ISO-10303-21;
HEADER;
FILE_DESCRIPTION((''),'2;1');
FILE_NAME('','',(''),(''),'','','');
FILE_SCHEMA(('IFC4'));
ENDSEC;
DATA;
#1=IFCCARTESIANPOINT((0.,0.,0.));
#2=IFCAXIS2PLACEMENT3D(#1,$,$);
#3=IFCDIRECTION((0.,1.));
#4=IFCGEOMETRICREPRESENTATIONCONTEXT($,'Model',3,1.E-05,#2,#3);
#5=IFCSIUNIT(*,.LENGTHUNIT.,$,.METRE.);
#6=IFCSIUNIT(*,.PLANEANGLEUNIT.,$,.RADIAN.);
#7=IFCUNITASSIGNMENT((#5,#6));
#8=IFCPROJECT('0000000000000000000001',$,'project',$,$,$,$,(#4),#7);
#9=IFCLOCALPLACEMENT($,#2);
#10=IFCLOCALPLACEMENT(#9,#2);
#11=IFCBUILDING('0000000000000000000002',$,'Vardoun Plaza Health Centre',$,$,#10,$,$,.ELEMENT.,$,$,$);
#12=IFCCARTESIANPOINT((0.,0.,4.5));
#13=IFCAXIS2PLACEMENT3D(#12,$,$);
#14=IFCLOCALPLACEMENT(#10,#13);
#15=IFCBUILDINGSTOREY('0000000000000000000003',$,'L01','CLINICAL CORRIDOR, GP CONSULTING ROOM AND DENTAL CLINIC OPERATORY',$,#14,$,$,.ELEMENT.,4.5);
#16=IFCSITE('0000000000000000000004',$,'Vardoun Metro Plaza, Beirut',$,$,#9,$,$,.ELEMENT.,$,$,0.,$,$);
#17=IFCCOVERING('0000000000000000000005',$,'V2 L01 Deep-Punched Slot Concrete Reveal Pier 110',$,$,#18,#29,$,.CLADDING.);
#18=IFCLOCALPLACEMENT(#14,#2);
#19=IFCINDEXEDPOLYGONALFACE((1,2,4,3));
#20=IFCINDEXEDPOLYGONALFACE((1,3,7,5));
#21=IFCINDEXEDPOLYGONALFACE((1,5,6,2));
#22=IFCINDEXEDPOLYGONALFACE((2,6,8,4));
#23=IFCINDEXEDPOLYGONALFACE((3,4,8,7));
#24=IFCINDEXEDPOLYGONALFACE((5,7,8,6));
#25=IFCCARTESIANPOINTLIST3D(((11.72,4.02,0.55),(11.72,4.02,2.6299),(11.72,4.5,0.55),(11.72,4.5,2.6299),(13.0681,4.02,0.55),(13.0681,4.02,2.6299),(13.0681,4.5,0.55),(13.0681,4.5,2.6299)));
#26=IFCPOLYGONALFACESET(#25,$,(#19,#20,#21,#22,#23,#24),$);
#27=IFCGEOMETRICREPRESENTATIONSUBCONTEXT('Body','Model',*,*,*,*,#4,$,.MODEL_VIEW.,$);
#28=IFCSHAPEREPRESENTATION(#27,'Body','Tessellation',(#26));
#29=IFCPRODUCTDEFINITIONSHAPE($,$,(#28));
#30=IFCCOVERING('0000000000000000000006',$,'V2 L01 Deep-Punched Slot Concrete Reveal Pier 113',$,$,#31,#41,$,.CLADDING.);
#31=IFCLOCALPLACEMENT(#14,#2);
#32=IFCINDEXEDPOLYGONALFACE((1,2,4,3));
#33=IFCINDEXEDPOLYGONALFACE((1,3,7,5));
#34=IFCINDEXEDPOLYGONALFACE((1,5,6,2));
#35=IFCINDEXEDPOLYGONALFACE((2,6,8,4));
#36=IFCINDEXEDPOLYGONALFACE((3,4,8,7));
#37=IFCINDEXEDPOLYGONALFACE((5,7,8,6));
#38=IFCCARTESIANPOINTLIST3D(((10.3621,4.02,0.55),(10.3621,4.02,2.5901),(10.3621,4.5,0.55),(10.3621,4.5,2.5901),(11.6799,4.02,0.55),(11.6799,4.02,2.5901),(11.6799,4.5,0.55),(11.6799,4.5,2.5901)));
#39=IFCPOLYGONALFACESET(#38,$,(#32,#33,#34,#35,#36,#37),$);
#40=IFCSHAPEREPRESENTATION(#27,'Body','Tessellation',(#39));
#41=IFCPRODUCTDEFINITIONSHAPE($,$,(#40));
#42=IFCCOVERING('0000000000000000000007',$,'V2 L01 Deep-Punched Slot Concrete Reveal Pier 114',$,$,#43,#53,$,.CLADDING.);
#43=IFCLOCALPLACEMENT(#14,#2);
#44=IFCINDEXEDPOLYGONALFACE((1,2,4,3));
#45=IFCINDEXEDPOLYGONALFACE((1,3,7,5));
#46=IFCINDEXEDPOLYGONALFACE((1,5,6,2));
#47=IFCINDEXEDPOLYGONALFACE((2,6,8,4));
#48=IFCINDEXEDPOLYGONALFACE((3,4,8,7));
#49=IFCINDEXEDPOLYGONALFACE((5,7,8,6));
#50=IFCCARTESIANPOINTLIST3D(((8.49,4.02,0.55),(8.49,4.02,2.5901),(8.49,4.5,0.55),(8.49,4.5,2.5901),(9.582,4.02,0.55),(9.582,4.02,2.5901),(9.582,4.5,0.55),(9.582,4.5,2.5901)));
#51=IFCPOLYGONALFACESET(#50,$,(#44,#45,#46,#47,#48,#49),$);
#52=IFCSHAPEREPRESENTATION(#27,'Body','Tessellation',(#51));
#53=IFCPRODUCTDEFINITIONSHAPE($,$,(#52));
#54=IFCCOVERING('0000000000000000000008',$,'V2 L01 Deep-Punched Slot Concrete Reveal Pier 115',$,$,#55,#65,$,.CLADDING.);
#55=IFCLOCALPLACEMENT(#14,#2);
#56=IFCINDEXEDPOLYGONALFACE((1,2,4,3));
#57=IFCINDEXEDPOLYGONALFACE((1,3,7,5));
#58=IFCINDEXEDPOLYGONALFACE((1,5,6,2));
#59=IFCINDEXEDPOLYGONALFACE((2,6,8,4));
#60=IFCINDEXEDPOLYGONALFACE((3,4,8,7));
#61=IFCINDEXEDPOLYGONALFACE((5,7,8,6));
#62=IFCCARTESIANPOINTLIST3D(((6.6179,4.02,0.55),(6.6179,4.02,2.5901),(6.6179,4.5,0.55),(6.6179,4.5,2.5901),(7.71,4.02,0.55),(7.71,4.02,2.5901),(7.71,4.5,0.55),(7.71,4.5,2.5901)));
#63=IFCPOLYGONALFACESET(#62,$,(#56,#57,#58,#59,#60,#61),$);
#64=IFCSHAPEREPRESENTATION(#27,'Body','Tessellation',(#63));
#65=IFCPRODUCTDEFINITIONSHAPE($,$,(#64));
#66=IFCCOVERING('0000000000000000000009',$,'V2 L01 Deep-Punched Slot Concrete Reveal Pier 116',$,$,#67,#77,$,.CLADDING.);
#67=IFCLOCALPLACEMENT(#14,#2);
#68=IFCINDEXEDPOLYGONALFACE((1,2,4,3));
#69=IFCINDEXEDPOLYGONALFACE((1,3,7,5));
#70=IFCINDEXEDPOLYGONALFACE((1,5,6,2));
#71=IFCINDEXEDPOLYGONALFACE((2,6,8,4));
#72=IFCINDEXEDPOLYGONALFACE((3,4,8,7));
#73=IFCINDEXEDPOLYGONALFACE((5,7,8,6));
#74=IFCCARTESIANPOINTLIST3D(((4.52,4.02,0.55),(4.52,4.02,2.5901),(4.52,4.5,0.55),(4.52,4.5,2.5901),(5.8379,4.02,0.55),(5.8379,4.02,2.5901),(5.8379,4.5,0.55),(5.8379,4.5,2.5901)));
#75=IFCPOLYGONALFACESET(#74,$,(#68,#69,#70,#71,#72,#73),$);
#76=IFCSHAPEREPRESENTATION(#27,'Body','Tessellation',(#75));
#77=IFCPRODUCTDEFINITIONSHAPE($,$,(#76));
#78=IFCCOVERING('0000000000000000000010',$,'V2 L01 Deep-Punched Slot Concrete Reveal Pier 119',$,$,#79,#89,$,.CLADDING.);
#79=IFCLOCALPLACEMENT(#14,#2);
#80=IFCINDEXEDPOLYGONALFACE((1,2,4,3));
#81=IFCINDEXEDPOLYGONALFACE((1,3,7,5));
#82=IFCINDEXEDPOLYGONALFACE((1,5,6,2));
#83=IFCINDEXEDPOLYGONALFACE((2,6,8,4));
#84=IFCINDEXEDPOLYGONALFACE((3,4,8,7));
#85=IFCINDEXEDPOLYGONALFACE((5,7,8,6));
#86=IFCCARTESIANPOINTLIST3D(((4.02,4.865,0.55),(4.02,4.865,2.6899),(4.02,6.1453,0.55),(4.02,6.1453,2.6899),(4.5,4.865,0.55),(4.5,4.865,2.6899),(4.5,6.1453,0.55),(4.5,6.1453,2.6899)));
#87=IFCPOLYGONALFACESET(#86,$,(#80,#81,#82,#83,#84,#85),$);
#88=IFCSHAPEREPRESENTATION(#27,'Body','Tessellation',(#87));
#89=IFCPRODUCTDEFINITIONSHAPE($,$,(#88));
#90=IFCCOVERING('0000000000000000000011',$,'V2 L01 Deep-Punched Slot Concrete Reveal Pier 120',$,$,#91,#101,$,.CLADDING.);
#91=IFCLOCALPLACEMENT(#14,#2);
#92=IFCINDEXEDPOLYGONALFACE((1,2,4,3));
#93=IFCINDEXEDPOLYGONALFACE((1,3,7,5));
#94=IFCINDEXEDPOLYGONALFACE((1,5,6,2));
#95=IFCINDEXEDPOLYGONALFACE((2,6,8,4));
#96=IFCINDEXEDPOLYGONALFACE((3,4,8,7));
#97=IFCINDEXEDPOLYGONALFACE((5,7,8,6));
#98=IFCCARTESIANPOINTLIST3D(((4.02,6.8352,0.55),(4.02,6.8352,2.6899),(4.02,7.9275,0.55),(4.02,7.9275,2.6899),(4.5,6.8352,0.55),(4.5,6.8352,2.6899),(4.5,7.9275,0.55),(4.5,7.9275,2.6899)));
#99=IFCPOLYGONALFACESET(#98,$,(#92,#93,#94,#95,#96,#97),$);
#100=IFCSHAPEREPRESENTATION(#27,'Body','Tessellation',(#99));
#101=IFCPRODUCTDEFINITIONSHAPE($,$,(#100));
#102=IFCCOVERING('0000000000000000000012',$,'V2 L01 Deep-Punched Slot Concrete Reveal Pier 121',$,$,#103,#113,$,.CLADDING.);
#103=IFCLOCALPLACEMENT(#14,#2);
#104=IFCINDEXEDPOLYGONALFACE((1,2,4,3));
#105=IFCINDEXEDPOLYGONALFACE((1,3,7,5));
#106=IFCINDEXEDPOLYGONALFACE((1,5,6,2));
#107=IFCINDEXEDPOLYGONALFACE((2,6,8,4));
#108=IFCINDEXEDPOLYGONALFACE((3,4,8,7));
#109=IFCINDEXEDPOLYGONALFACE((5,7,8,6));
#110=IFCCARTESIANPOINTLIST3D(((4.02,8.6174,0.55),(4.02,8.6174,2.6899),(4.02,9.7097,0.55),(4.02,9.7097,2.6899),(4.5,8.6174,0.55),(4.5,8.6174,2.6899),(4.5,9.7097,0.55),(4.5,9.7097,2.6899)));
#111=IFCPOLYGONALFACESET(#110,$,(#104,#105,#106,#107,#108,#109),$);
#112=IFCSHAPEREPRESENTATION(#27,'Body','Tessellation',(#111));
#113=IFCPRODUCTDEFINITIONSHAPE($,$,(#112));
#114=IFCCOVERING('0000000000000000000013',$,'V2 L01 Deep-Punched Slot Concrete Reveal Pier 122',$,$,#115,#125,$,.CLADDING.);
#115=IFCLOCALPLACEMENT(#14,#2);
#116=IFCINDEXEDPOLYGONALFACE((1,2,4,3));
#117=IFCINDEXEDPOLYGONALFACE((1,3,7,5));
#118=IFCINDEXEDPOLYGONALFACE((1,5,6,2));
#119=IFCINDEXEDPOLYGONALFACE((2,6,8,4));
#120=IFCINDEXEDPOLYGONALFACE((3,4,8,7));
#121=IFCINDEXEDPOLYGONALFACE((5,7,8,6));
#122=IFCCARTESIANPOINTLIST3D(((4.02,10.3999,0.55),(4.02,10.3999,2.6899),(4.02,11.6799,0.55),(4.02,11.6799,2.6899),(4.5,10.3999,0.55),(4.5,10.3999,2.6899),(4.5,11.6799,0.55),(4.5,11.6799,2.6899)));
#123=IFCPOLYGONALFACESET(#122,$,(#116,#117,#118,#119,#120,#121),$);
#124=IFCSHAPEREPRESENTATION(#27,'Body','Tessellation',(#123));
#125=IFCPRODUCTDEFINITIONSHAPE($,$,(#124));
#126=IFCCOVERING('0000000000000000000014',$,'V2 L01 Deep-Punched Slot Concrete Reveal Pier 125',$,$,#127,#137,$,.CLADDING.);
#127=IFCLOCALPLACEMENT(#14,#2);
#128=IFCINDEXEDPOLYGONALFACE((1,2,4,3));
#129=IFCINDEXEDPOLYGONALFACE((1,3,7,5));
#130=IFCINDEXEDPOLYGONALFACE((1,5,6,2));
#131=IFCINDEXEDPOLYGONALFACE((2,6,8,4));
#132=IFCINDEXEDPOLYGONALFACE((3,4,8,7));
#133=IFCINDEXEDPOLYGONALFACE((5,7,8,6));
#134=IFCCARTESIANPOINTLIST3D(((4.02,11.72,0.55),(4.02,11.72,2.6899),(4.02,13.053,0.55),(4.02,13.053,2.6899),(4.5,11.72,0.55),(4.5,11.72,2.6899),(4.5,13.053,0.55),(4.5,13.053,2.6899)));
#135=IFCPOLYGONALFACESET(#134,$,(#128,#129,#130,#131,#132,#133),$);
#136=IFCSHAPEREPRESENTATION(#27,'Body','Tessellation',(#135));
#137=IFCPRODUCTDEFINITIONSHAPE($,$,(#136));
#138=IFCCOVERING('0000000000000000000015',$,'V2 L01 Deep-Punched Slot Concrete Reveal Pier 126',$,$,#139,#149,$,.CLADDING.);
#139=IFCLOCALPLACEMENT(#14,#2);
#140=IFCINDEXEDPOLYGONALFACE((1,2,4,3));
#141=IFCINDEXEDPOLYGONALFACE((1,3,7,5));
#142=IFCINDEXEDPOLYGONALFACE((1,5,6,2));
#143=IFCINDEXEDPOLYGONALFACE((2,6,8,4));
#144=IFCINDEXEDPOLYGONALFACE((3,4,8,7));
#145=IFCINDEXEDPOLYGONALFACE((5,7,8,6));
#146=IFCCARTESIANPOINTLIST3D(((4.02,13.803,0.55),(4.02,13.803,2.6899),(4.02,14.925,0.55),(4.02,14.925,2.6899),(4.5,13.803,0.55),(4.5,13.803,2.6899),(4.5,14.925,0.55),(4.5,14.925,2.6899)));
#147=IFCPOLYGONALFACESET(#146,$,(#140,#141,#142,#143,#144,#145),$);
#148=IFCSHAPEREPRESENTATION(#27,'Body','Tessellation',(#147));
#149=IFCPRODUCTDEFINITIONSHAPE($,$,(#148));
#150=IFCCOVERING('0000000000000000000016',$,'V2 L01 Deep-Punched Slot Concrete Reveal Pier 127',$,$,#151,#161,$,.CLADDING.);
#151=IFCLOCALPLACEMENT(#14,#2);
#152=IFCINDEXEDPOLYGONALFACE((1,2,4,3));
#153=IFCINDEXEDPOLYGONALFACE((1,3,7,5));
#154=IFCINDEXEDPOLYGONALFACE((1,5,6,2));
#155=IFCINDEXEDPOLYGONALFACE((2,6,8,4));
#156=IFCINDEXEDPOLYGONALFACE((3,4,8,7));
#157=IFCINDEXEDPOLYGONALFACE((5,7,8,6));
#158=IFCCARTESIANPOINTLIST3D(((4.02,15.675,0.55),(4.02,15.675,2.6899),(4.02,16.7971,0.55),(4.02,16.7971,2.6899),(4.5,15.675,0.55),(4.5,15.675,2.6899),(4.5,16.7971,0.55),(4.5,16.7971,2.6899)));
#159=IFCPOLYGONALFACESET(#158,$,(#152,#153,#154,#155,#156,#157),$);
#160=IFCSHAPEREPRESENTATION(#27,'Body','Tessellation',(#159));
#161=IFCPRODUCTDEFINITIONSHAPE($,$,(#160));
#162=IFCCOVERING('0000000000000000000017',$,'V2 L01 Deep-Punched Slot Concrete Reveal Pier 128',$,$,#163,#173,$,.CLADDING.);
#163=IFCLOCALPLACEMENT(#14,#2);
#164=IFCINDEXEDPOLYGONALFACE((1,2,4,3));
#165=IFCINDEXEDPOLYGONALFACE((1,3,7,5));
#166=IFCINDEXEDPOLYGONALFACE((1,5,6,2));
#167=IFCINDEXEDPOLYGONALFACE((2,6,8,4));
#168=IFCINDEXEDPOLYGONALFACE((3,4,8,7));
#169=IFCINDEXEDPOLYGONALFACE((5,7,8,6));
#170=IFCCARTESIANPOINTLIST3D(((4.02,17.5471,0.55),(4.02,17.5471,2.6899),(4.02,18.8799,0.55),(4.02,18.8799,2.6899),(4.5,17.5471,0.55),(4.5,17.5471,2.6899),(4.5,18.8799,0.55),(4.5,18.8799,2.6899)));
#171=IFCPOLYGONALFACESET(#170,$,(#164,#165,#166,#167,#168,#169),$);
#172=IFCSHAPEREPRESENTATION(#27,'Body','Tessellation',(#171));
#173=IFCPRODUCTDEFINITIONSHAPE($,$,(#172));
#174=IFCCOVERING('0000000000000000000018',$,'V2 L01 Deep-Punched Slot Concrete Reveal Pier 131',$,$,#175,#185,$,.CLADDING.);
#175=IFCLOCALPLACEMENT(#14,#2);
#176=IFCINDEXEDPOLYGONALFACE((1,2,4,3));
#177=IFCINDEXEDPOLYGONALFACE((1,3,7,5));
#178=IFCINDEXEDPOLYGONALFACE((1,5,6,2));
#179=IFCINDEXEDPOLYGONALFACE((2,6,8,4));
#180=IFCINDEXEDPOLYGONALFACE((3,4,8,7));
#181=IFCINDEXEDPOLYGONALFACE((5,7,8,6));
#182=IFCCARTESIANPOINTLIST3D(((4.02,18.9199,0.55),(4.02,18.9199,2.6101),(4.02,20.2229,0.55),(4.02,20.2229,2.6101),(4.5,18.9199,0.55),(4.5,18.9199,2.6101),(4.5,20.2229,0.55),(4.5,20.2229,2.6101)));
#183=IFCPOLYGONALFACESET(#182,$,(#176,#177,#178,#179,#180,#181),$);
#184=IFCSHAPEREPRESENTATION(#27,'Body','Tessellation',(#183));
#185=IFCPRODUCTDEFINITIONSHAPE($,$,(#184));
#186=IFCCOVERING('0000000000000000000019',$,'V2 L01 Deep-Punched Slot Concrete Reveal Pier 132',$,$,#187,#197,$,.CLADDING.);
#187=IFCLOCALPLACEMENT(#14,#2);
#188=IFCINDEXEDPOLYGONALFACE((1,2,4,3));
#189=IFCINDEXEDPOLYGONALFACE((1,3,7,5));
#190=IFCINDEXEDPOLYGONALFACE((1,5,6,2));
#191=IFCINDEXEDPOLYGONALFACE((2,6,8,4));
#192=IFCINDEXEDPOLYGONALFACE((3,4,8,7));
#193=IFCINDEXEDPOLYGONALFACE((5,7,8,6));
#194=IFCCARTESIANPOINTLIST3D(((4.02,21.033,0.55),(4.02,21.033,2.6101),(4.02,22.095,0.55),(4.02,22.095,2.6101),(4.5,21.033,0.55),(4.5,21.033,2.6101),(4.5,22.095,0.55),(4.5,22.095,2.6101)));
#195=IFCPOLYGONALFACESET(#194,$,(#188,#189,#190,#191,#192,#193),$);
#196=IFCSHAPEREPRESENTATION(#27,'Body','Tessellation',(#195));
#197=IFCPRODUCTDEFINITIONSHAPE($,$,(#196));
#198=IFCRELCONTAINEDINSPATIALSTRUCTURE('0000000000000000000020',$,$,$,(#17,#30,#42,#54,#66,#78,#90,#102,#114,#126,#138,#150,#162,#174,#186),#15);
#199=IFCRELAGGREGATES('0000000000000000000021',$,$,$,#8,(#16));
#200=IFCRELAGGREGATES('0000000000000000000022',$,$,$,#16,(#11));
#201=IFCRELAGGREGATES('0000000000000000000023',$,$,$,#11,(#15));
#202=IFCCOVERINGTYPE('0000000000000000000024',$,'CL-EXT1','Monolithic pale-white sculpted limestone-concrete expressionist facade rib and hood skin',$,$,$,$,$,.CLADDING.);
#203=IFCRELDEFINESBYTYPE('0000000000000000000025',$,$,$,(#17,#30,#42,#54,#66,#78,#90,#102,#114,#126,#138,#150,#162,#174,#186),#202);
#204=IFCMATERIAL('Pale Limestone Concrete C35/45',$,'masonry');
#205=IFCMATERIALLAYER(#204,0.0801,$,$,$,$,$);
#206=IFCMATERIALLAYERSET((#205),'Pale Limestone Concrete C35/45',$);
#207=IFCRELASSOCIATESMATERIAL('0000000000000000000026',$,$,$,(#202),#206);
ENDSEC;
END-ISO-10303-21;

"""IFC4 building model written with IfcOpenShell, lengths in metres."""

from ifc_helpers import new_model, si_unit, direction, frame, origin, place, context, subcontext, project, spatial, polyline, outline, extrude, material, layer, layer_set, type_object, element, save


model = new_model("IFC4")

# Units and contexts
model_context = context("Model", 3, precision=1e-05, world=origin(), true_north=direction((0.0, 1.0)))
body_context = subcontext(model_context, "Body", "Model", "MODEL_VIEW")
ifc_project = project(units=[si_unit("LENGTHUNIT", "METRE"), si_unit("PLANEANGLEUNIT", "RADIAN")], contexts=[model_context])

# Site, building, storey
site_placement = place(None, origin())
site = spatial("IfcSite", under=ifc_project, at=site_placement, Name="Vardoun Metro Plaza, Beirut", CompositionType="ELEMENT", RefElevation=0.0)
building_placement = place(site_placement, origin())
building = spatial("IfcBuilding", under=site, at=building_placement, Name="Vardoun Plaza Health Centre", CompositionType="ELEMENT")
storey_placement = place(building_placement, frame((0.0, 0.0, 4.5)))
storey = spatial("IfcBuildingStorey", under=building, at=storey_placement, Name="L01", Description="CLINICAL CORRIDOR, GP CONSULTING ROOM AND DENTAL CLINIC OPERATORY", CompositionType="ELEMENT", Elevation=4.5)

# Coverings
ifc_material = material(Name="Pale Limestone Concrete C35/45", Category="masonry")
ifc_layer = layer(ifc_material, 0.0801)
ifc_layer_set = layer_set([ifc_layer], Name="Pale Limestone Concrete C35/45")
covering_type = type_object("IfcCoveringType", Name="CL-EXT1", Description="Monolithic pale-white sculpted limestone-concrete expressionist facade rib and hood skin", PredefinedType="CLADDING", material=ifc_layer_set)
covering_1_placement = place(storey_placement, frame((0.0, 0.0, 0.55)))
element("IfcCovering", 1, at=covering_1_placement, inside=storey, type_object=covering_type, Name="V2 L01 Deep-Punched Slot Concrete Reveal Pier 110", PredefinedType="CLADDING", context=body_context, shape_type="SweptSolid", body=[
    extrude(outline(polyline([(13.0681, 4.5), (11.72, 4.5), (11.72, 4.02), (13.0681, 4.02), (13.0681, 4.5)])), origin(), (0.0, 0.0, 1.0), 2.0798),
])
covering_2_placement = place(storey_placement, frame((0.0, 0.0, 0.55)))
element("IfcCovering", 2, at=covering_2_placement, inside=storey, type_object=covering_type, Name="V2 L01 Deep-Punched Slot Concrete Reveal Pier 113", PredefinedType="CLADDING", context=body_context, shape_type="SweptSolid", body=[
    extrude(outline(polyline([(11.6799, 4.5), (10.3621, 4.5), (10.3621, 4.02), (11.6799, 4.02), (11.6799, 4.5)])), origin(), (0.0, 0.0, 1.0), 2.04),
])
covering_3_placement = place(storey_placement, frame((0.0, 0.0, 0.55)))
element("IfcCovering", 3, at=covering_3_placement, inside=storey, type_object=covering_type, Name="V2 L01 Deep-Punched Slot Concrete Reveal Pier 114", PredefinedType="CLADDING", context=body_context, shape_type="SweptSolid", body=[
    extrude(outline(polyline([(9.582, 4.5), (8.49, 4.5), (8.49, 4.02), (9.582, 4.02), (9.582, 4.5)])), origin(), (0.0, 0.0, 1.0), 2.04),
])
covering_4_placement = place(storey_placement, frame((0.0, 0.0, 0.55)))
element("IfcCovering", 4, at=covering_4_placement, inside=storey, type_object=covering_type, Name="V2 L01 Deep-Punched Slot Concrete Reveal Pier 115", PredefinedType="CLADDING", context=body_context, shape_type="SweptSolid", body=[
    extrude(outline(polyline([(7.71, 4.5), (6.6179, 4.5), (6.6179, 4.02), (7.71, 4.02), (7.71, 4.5)])), origin(), (0.0, 0.0, 1.0), 2.04),
])
covering_5_placement = place(storey_placement, frame((0.0, 0.0, 0.55)))
element("IfcCovering", 5, at=covering_5_placement, inside=storey, type_object=covering_type, Name="V2 L01 Deep-Punched Slot Concrete Reveal Pier 116", PredefinedType="CLADDING", context=body_context, shape_type="SweptSolid", body=[
    extrude(outline(polyline([(5.8379, 4.5), (4.52, 4.5), (4.52, 4.02), (5.8379, 4.02), (5.8379, 4.5)])), origin(), (0.0, 0.0, 1.0), 2.04),
])
covering_6_placement = place(storey_placement, frame((0.0, 0.0, 0.55)))
element("IfcCovering", 6, at=covering_6_placement, inside=storey, type_object=covering_type, Name="V2 L01 Deep-Punched Slot Concrete Reveal Pier 119", PredefinedType="CLADDING", context=body_context, shape_type="SweptSolid", body=[
    extrude(outline(polyline([(4.5, 4.865), (4.5, 6.1453), (4.02, 6.1453), (4.02, 4.865), (4.5, 4.865)])), origin(), (0.0, 0.0, 1.0), 2.1399),
])
covering_7_placement = place(storey_placement, frame((0.0, 0.0, 0.55)))
element("IfcCovering", 7, at=covering_7_placement, inside=storey, type_object=covering_type, Name="V2 L01 Deep-Punched Slot Concrete Reveal Pier 120", PredefinedType="CLADDING", context=body_context, shape_type="SweptSolid", body=[
    extrude(outline(polyline([(4.5, 6.8352), (4.5, 7.9275), (4.02, 7.9275), (4.02, 6.8352), (4.5, 6.8352)])), origin(), (0.0, 0.0, 1.0), 2.1399),
])
covering_8_placement = place(storey_placement, frame((0.0, 0.0, 0.55)))
element("IfcCovering", 8, at=covering_8_placement, inside=storey, type_object=covering_type, Name="V2 L01 Deep-Punched Slot Concrete Reveal Pier 121", PredefinedType="CLADDING", context=body_context, shape_type="SweptSolid", body=[
    extrude(outline(polyline([(4.5, 8.6174), (4.5, 9.7097), (4.02, 9.7097), (4.02, 8.6174), (4.5, 8.6174)])), origin(), (0.0, 0.0, 1.0), 2.1399),
])
covering_9_placement = place(storey_placement, frame((0.0, 0.0, 0.55)))
element("IfcCovering", 9, at=covering_9_placement, inside=storey, type_object=covering_type, Name="V2 L01 Deep-Punched Slot Concrete Reveal Pier 122", PredefinedType="CLADDING", context=body_context, shape_type="SweptSolid", body=[
    extrude(outline(polyline([(4.5, 10.3999), (4.5, 11.6799), (4.02, 11.6799), (4.02, 10.3999), (4.5, 10.3999)])), origin(), (0.0, 0.0, 1.0), 2.1399),
])
covering_10_placement = place(storey_placement, frame((0.0, 0.0, 0.55)))
element("IfcCovering", 10, at=covering_10_placement, inside=storey, type_object=covering_type, Name="V2 L01 Deep-Punched Slot Concrete Reveal Pier 125", PredefinedType="CLADDING", context=body_context, shape_type="SweptSolid", body=[
    extrude(outline(polyline([(4.5, 11.72), (4.5, 13.053), (4.02, 13.053), (4.02, 11.72), (4.5, 11.72)])), origin(), (0.0, 0.0, 1.0), 2.1399),
])
covering_11_placement = place(storey_placement, frame((0.0, 0.0, 0.55)))
element("IfcCovering", 11, at=covering_11_placement, inside=storey, type_object=covering_type, Name="V2 L01 Deep-Punched Slot Concrete Reveal Pier 126", PredefinedType="CLADDING", context=body_context, shape_type="SweptSolid", body=[
    extrude(outline(polyline([(4.5, 13.803), (4.5, 14.925), (4.02, 14.925), (4.02, 13.803), (4.5, 13.803)])), origin(), (0.0, 0.0, 1.0), 2.1399),
])
covering_12_placement = place(storey_placement, frame((0.0, 0.0, 0.55)))
element("IfcCovering", 12, at=covering_12_placement, inside=storey, type_object=covering_type, Name="V2 L01 Deep-Punched Slot Concrete Reveal Pier 127", PredefinedType="CLADDING", context=body_context, shape_type="SweptSolid", body=[
    extrude(outline(polyline([(4.5, 15.675), (4.5, 16.7971), (4.02, 16.7971), (4.02, 15.675), (4.5, 15.675)])), origin(), (0.0, 0.0, 1.0), 2.1399),
])
covering_13_placement = place(storey_placement, frame((0.0, 0.0, 0.55)))
element("IfcCovering", 13, at=covering_13_placement, inside=storey, type_object=covering_type, Name="V2 L01 Deep-Punched Slot Concrete Reveal Pier 128", PredefinedType="CLADDING", context=body_context, shape_type="SweptSolid", body=[
    extrude(outline(polyline([(4.5, 17.5471), (4.5, 18.8799), (4.02, 18.8799), (4.02, 17.5471), (4.5, 17.5471)])), origin(), (0.0, 0.0, 1.0), 2.1399),
])
covering_14_placement = place(storey_placement, frame((0.0, 0.0, 0.55)))
element("IfcCovering", 14, at=covering_14_placement, inside=storey, type_object=covering_type, Name="V2 L01 Deep-Punched Slot Concrete Reveal Pier 131", PredefinedType="CLADDING", context=body_context, shape_type="SweptSolid", body=[
    extrude(outline(polyline([(4.5, 18.9199), (4.5, 20.2229), (4.02, 20.2229), (4.02, 18.9199), (4.5, 18.9199)])), origin(), (0.0, 0.0, 1.0), 2.0601),
])
covering_15_placement = place(storey_placement, frame((0.0, 0.0, 0.55)))
element("IfcCovering", 15, at=covering_15_placement, inside=storey, type_object=covering_type, Name="V2 L01 Deep-Punched Slot Concrete Reveal Pier 132", PredefinedType="CLADDING", context=body_context, shape_type="SweptSolid", body=[
    extrude(outline(polyline([(4.5, 21.033), (4.5, 22.095), (4.02, 22.095), (4.02, 21.033), (4.5, 21.033)])), origin(), (0.0, 0.0, 1.0), 2.0601),
])

save(model, "model.ifc")
